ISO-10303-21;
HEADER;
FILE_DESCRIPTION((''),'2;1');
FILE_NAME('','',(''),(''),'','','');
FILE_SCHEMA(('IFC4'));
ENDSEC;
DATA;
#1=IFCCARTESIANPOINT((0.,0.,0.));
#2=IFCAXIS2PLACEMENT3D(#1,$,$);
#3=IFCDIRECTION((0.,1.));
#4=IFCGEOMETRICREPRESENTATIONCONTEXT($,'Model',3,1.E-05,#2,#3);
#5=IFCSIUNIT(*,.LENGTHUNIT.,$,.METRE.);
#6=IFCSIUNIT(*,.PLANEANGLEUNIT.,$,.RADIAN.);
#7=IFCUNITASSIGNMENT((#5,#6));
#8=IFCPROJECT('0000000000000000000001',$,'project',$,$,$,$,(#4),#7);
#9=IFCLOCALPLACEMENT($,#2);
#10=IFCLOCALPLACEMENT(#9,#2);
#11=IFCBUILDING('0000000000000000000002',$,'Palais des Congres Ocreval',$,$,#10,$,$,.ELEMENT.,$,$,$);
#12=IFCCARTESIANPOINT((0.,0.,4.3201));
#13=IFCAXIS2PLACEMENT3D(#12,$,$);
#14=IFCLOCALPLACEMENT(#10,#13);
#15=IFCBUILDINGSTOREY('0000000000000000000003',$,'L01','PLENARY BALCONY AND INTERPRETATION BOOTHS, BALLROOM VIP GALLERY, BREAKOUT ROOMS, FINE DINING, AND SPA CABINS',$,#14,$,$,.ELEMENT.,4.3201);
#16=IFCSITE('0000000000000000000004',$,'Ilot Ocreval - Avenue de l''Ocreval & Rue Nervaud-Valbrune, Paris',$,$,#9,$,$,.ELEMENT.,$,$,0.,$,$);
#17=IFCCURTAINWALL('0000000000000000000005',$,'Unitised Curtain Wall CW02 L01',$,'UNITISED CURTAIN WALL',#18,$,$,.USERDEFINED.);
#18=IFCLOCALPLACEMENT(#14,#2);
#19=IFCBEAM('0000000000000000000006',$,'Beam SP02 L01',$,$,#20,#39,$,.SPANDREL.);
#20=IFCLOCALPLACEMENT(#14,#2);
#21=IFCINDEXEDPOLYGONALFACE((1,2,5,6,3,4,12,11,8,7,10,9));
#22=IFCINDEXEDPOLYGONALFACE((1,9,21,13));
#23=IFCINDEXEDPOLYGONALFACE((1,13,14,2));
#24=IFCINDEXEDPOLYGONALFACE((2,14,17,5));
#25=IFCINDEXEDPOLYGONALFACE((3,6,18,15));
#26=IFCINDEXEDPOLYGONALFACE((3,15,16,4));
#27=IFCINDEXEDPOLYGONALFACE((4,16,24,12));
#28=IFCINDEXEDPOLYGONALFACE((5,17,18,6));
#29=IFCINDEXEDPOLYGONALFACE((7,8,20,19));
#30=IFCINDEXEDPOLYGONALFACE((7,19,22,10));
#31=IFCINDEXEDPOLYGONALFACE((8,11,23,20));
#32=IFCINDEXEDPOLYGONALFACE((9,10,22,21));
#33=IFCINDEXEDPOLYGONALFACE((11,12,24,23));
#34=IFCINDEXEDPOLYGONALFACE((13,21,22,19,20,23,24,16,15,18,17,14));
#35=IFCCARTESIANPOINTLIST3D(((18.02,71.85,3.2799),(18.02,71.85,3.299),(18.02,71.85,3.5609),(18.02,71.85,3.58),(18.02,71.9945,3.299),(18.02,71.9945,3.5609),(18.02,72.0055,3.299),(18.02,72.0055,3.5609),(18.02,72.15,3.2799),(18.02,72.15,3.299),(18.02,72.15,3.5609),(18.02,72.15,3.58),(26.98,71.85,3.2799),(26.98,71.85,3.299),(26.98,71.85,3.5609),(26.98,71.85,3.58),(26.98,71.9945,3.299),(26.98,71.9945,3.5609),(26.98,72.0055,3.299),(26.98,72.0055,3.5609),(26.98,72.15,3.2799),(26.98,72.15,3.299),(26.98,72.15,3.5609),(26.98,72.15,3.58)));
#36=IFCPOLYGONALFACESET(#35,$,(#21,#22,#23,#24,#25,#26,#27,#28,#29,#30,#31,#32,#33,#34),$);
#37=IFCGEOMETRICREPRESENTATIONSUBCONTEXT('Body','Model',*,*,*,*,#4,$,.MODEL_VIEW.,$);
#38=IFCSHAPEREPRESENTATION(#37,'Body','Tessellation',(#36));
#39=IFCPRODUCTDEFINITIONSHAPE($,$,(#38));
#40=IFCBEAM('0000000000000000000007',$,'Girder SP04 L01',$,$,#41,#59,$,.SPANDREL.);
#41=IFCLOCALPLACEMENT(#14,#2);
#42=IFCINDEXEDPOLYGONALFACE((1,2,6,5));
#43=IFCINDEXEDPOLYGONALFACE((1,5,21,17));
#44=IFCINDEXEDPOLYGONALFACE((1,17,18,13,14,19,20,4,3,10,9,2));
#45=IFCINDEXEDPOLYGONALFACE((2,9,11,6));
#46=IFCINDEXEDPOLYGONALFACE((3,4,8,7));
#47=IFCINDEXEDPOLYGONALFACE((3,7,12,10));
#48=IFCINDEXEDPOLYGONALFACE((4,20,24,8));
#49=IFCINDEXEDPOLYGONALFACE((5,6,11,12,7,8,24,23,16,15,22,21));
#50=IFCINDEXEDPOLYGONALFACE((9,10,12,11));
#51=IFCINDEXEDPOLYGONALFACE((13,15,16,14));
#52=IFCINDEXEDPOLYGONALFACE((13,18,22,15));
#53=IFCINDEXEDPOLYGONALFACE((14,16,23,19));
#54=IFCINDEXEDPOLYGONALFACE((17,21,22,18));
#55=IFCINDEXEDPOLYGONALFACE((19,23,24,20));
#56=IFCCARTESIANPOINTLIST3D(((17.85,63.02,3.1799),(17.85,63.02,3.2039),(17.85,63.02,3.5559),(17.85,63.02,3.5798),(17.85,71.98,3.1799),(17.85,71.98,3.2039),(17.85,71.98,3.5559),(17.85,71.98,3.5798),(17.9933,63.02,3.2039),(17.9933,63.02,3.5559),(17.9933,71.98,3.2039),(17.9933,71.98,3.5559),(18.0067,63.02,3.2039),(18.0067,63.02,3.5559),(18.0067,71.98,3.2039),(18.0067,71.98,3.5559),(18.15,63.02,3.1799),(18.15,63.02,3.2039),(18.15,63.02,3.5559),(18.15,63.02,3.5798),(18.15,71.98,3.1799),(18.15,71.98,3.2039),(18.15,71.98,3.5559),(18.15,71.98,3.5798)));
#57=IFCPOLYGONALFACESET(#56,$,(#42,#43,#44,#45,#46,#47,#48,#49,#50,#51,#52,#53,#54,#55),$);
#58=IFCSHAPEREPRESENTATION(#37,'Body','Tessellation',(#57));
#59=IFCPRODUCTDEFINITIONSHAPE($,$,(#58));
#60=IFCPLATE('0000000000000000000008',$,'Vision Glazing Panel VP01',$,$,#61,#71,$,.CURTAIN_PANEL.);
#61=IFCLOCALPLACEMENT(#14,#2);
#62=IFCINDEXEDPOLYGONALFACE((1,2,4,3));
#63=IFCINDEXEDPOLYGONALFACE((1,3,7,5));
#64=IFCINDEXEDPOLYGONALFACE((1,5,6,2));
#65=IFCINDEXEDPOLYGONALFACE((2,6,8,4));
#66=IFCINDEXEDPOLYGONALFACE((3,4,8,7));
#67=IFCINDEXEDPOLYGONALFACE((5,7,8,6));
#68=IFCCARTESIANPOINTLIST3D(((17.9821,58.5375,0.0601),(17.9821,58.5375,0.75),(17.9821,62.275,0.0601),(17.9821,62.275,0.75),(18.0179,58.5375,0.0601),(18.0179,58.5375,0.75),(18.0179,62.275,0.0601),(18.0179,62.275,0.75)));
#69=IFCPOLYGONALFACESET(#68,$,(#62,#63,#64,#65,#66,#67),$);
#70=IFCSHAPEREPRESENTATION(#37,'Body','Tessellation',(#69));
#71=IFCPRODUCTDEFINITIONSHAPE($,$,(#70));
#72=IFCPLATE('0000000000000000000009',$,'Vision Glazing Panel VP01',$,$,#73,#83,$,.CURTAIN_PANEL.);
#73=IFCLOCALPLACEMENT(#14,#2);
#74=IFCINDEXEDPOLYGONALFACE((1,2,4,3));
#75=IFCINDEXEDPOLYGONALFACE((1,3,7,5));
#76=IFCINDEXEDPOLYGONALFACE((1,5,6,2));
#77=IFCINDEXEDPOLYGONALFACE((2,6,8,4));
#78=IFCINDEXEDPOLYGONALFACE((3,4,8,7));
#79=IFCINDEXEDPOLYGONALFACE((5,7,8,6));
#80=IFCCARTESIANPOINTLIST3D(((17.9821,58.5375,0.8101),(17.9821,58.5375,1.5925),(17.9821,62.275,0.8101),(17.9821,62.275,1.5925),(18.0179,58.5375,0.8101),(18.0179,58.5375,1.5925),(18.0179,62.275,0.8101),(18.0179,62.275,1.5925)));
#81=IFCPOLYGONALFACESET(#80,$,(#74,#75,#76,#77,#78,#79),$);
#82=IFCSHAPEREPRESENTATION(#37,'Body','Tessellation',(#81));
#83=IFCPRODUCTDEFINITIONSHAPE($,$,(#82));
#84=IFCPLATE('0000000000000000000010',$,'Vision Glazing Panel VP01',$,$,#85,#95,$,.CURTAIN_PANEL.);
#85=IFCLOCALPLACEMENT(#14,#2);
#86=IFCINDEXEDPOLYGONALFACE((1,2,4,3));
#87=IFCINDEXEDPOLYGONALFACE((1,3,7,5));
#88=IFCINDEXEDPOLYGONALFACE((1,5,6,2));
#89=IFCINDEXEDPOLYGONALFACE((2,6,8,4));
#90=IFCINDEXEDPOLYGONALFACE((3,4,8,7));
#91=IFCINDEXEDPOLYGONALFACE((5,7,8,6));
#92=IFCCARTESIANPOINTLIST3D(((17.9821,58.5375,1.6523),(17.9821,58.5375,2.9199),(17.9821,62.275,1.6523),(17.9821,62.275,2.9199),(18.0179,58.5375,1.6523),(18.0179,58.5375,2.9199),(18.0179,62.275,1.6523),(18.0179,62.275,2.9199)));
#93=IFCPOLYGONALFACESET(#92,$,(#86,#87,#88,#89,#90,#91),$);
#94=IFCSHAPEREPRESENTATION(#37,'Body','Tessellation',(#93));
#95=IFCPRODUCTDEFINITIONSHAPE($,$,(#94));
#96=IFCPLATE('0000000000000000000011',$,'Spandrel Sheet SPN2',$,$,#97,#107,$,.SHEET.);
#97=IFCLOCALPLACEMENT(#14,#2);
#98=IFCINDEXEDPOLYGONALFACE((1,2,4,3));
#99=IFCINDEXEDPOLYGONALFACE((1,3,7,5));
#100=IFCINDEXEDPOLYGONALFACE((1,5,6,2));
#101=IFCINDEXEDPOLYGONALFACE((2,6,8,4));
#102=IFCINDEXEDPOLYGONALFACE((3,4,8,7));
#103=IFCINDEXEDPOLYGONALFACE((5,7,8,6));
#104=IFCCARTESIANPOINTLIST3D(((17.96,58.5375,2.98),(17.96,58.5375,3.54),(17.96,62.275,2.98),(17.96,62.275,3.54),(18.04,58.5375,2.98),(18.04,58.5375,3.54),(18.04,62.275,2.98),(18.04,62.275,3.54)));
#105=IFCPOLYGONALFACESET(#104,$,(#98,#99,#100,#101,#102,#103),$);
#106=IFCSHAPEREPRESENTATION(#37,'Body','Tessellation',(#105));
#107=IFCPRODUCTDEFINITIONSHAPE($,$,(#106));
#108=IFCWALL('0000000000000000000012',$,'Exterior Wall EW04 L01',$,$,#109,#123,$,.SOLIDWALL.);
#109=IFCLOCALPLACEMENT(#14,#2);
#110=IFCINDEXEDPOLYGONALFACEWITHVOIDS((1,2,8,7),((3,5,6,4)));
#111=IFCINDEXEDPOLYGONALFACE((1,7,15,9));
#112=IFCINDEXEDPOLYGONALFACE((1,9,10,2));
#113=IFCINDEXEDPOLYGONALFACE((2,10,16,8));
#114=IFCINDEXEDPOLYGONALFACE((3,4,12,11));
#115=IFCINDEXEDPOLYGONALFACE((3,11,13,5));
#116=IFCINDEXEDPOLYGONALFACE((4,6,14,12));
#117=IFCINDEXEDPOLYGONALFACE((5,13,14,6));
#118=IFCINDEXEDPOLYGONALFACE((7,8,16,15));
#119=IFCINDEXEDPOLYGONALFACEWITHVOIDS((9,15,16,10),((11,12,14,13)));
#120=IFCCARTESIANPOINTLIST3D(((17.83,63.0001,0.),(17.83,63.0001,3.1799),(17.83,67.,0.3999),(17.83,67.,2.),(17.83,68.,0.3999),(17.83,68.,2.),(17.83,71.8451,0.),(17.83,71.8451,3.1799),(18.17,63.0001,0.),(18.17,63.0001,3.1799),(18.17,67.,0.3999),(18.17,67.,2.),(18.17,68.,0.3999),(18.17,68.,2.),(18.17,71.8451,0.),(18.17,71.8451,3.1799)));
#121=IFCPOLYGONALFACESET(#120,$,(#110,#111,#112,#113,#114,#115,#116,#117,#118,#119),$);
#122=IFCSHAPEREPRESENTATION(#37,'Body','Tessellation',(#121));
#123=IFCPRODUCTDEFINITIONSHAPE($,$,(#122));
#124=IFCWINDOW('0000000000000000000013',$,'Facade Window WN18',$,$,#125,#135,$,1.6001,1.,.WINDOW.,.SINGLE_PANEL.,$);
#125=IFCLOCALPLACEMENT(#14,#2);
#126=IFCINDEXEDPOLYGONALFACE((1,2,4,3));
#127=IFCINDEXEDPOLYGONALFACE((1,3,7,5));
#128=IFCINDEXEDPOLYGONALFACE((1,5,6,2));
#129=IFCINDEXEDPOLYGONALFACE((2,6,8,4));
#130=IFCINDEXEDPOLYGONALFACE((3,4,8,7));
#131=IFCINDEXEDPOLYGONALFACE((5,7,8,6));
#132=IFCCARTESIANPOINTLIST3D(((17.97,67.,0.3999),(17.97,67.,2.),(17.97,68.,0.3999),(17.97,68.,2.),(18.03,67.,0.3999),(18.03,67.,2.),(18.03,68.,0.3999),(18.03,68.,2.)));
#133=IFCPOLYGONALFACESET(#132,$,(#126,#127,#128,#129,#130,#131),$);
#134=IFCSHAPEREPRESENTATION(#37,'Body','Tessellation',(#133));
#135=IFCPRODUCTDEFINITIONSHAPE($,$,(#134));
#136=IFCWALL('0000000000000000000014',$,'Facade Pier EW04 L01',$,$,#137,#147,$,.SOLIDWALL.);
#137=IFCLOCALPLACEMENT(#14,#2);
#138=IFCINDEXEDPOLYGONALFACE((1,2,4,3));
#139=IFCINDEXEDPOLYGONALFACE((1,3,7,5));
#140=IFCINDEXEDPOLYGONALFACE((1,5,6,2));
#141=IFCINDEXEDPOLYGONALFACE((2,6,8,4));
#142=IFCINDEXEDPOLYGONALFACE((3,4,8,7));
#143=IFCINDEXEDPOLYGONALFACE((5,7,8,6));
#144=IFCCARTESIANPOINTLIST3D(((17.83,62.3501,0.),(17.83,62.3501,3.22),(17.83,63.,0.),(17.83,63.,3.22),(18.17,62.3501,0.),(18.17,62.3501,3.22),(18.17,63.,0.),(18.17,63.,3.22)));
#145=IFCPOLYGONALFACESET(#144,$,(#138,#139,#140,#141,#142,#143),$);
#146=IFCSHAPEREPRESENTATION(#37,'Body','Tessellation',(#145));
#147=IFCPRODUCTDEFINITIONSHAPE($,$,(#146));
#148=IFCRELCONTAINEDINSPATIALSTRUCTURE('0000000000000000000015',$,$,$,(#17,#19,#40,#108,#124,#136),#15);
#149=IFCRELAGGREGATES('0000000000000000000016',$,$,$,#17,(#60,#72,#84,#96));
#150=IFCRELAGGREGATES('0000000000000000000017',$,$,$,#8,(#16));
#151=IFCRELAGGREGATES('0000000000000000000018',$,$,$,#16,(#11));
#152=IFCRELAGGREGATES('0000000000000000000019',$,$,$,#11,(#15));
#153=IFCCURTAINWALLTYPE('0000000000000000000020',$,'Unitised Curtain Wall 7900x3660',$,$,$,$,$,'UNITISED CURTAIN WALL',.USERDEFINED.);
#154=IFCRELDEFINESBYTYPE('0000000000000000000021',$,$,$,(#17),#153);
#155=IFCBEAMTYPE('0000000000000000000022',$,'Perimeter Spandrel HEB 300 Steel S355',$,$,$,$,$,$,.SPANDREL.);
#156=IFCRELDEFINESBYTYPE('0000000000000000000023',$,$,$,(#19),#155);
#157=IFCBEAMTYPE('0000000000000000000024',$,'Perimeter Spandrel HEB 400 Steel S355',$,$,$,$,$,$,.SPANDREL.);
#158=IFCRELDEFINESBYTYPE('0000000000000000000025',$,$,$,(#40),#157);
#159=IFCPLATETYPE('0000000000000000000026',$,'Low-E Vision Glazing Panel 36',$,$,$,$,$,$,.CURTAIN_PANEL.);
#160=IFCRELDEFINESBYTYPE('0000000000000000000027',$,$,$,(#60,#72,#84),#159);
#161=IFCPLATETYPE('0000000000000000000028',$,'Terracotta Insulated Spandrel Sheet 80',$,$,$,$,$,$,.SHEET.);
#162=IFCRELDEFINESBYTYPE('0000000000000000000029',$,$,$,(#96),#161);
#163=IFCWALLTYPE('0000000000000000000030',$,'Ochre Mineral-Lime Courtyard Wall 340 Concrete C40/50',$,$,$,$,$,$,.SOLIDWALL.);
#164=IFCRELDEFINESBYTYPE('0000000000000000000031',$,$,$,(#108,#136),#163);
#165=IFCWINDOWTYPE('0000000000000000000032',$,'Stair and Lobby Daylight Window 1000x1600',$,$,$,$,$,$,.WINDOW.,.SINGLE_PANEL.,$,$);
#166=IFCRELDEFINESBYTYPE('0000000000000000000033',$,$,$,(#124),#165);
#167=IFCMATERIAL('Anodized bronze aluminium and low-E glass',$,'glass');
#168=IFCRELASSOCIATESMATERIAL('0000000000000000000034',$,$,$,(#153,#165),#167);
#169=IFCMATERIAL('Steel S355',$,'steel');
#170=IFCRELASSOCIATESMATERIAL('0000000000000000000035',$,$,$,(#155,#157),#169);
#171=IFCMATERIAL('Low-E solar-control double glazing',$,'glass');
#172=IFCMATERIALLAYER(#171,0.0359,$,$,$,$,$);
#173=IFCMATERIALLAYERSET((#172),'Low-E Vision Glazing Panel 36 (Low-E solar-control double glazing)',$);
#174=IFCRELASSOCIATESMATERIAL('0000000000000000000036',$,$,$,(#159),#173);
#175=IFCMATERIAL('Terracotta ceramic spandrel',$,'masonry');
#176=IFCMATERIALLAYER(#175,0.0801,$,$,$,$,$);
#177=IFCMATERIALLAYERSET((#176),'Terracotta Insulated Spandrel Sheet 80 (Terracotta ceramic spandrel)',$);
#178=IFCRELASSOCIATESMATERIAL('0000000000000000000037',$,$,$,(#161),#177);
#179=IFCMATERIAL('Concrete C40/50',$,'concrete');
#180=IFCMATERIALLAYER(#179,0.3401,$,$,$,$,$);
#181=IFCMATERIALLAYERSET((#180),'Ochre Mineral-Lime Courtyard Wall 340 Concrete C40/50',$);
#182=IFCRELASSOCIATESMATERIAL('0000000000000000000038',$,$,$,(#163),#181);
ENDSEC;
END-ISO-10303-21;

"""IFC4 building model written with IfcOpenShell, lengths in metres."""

from ifc_helpers import new_model, si_unit, direction, frame, frame_2d, origin, origin_2d, place, context, subcontext, project, spatial, rectangle, i_section, extrude, material, layer, layer_set, material_profile, profile_set, type_object, element, fill, aggregate, save


model = new_model("IFC4")

# Units and contexts
model_context = context("Model", 3, precision=1e-05, world=origin(), true_north=direction((0.0, 1.0)))
body_context = subcontext(model_context, "Body", "Model", "MODEL_VIEW")
ifc_project = project(units=[si_unit("LENGTHUNIT", "METRE"), si_unit("PLANEANGLEUNIT", "RADIAN")], contexts=[model_context])

# Site, building, storey
site_placement = place(None, origin())
site = spatial("IfcSite", under=ifc_project, at=site_placement, Name="Ilot Ocreval - Avenue de l'Ocreval & Rue Nervaud-Valbrune, Paris", CompositionType="ELEMENT", RefElevation=0.0)
building_placement = place(site_placement, origin())
building = spatial("IfcBuilding", under=site, at=building_placement, Name="Palais des Congres Ocreval", CompositionType="ELEMENT")
storey_placement = place(building_placement, frame((0.0, 0.0, 4.3201)))
storey = spatial("IfcBuildingStorey", under=building, at=storey_placement, Name="L01", Description="PLENARY BALCONY AND INTERPRETATION BOOTHS, BALLROOM VIP GALLERY, BREAKOUT ROOMS, FINE DINING, AND SPA CABINS", CompositionType="ELEMENT", Elevation=4.3201)

# Shared definitions
ifc_material_1 = material(Name="Concrete C40/50", Category="concrete")

# Curtain wall
ifc_material_2 = material(Name="Anodized bronze aluminium and low-E glass", Category="glass")
curtain_wall_type = type_object("IfcCurtainWallType", Name="Unitised Curtain Wall 7900x3660", ElementType="UNITISED CURTAIN WALL", PredefinedType="USERDEFINED", material=ifc_material_2)
curtain_wall_placement = place(storey_placement, origin())
curtain_wall = element("IfcCurtainWall", 1, at=curtain_wall_placement, inside=storey, type_object=curtain_wall_type, Name="Unitised Curtain Wall CW02 L01", ObjectType="UNITISED CURTAIN WALL", PredefinedType="USERDEFINED")

# Beams
ifc_material_3 = material(Name="Steel S355", Category="steel")
ifc_material_profile_1 = material_profile(ifc_material_3, i_section(OverallWidth=0.3, OverallDepth=0.3, WebThickness=0.011, FlangeThickness=0.019, at=origin_2d()), Name="HEB 300")
ifc_profile_set_1 = profile_set([ifc_material_profile_1], Name="Steel S355")
beam_type_1 = type_object("IfcBeamType", Name="Perimeter Spandrel HEB 300 Steel S355", PredefinedType="SPANDREL", material=ifc_profile_set_1)
beam_1_placement = place(storey_placement, frame((18.02, 72.0, 3.4299), z_axis=(1.0, 0.0, 0.0), x_axis=(0.0, 1.0, 0.0)))
element("IfcBeam", 2, at=beam_1_placement, inside=storey, type_object=beam_type_1, Name="Beam SP02 L01", PredefinedType="SPANDREL", context=body_context, shape_type="SweptSolid", body=[
    extrude(i_section(OverallWidth=0.3, OverallDepth=0.3, WebThickness=0.011, FlangeThickness=0.019, at=origin_2d()), origin(), (0.0, 0.0, 1.0), 8.96),
])
ifc_material_profile_2 = material_profile(ifc_material_3, i_section(OverallWidth=0.3, OverallDepth=0.3999, WebThickness=0.0134, FlangeThickness=0.0239, at=origin_2d()), Name="HEB 400")
ifc_profile_set_2 = profile_set([ifc_material_profile_2], Name="Steel S355")
beam_type_2 = type_object("IfcBeamType", Name="Perimeter Spandrel HEB 400 Steel S355", PredefinedType="SPANDREL", material=ifc_profile_set_2)
beam_2_placement = place(storey_placement, frame((18.0, 63.02, 3.3799), z_axis=(0.0, 1.0, 0.0), x_axis=(-1.0, 0.0, 0.0)))
element("IfcBeam", 3, at=beam_2_placement, inside=storey, type_object=beam_type_2, Name="Girder SP04 L01", PredefinedType="SPANDREL", context=body_context, shape_type="SweptSolid", body=[
    extrude(i_section(OverallWidth=0.3, OverallDepth=0.3999, WebThickness=0.0134, FlangeThickness=0.0239, at=origin_2d()), origin(), (0.0, 0.0, 1.0), 8.96),
])

# Plates
ifc_material_4 = material(Name="Low-E solar-control double glazing", Category="glass")
ifc_layer_1 = layer(ifc_material_4, 0.0359)
ifc_layer_set_1 = layer_set([ifc_layer_1], Name="Low-E Vision Glazing Panel 36 (Low-E solar-control double glazing)")
plate_type_1 = type_object("IfcPlateType", Name="Low-E Vision Glazing Panel 36", PredefinedType="CURTAIN_PANEL", material=ifc_layer_set_1)
plate_1_placement = place(storey_placement, frame((18.0, 60.4062, 0.0601), z_axis=(0.0, 0.0, 1.0), x_axis=(0.0, -1.0, 0.0)))
plate_1 = element("IfcPlate", 4, at=plate_1_placement, type_object=plate_type_1, Name="Vision Glazing Panel VP01", PredefinedType="CURTAIN_PANEL", context=body_context, shape_type="SweptSolid", body=[
    extrude(rectangle(XDim=3.7375, YDim=0.0359, at=origin_2d()), origin(), (0.0, 0.0, 1.0), 0.6899),
])
plate_2_placement = place(storey_placement, frame((18.0, 60.4062, 0.8101), z_axis=(0.0, 0.0, 1.0), x_axis=(0.0, -1.0, 0.0)))
plate_2 = element("IfcPlate", 5, at=plate_2_placement, type_object=plate_type_1, Name="Vision Glazing Panel VP01", PredefinedType="CURTAIN_PANEL", context=body_context, shape_type="SweptSolid", body=[
    extrude(rectangle(XDim=3.7375, YDim=0.0359, at=origin_2d()), origin(), (0.0, 0.0, 1.0), 0.7825),
])
plate_3_placement = place(storey_placement, frame((18.0, 60.4062, 1.6523), z_axis=(0.0, 0.0, 1.0), x_axis=(0.0, -1.0, 0.0)))
plate_3 = element("IfcPlate", 6, at=plate_3_placement, type_object=plate_type_1, Name="Vision Glazing Panel VP01", PredefinedType="CURTAIN_PANEL", context=body_context, shape_type="SweptSolid", body=[
    extrude(rectangle(XDim=3.7375, YDim=0.0359, at=origin_2d()), origin(), (0.0, 0.0, 1.0), 1.2676),
])
ifc_material_5 = material(Name="Terracotta ceramic spandrel", Category="masonry")
ifc_layer_2 = layer(ifc_material_5, 0.0801)
ifc_layer_set_2 = layer_set([ifc_layer_2], Name="Terracotta Insulated Spandrel Sheet 80 (Terracotta ceramic spandrel)")
plate_type_2 = type_object("IfcPlateType", Name="Terracotta Insulated Spandrel Sheet 80", PredefinedType="SHEET", material=ifc_layer_set_2)
plate_4_placement = place(storey_placement, frame((18.0, 60.4062, 2.98), z_axis=(0.0, 0.0, 1.0), x_axis=(0.0, -1.0, 0.0)))
plate_4 = element("IfcPlate", 7, at=plate_4_placement, type_object=plate_type_2, Name="Spandrel Sheet SPN2", PredefinedType="SHEET", context=body_context, shape_type="SweptSolid", body=[
    extrude(rectangle(XDim=3.7375, YDim=0.0801, at=origin_2d()), origin(), (0.0, 0.0, 1.0), 0.5601),
])
aggregate(curtain_wall, [plate_1, plate_2, plate_3, plate_4])

# Wall, opening, window
ifc_layer_3 = layer(ifc_material_1, 0.3401)
ifc_layer_set_3 = layer_set([ifc_layer_3], Name="Ochre Mineral-Lime Courtyard Wall 340 Concrete C40/50")
wall_type = type_object("IfcWallType", Name="Ochre Mineral-Lime Courtyard Wall 340 Concrete C40/50", PredefinedType="SOLIDWALL", material=ifc_layer_set_3)
wall_1_placement = place(storey_placement, frame((18.0, 71.845, 0.0), z_axis=(0.0, 0.0, 1.0), x_axis=(0.0, -1.0, 0.0)))
wall_1 = element("IfcWall", 8, at=wall_1_placement, inside=storey, type_object=wall_type, Name="Exterior Wall EW04 L01", PredefinedType="SOLIDWALL", context=body_context, shape_type="SweptSolid", body=[
    extrude(rectangle(XDim=8.845, YDim=0.3401, at=frame_2d((4.4224, 0.0))), origin(), (0.0, 0.0, 1.0), 3.1799),
])
opening_placement = place(wall_1_placement, frame((3.845, 0.0, 0.3999)))
opening = element("IfcOpeningElement", 9, at=opening_placement, cuts=wall_1, PredefinedType="OPENING", context=body_context, shape_type="SweptSolid", body=[
    extrude(rectangle(XDim=1.0, YDim=1.6001, at=frame_2d((0.5, 0.8))), frame((0.0, 0.1799, 0.0), z_axis=(0.0, -1.0, 0.0), x_axis=(1.0, 0.0, 0.0)), (0.0, 0.0, 1.0), 0.3601),
])
window_type = type_object("IfcWindowType", Name="Stair and Lobby Daylight Window 1000x1600", PartitioningType="SINGLE_PANEL", PredefinedType="WINDOW", material=ifc_material_2)
window_placement = place(opening_placement, origin())
window = element("IfcWindow", 10, at=window_placement, inside=storey, type_object=window_type, Name="Facade Window WN18", OverallHeight=1.6001, OverallWidth=1.0, PartitioningType="SINGLE_PANEL", PredefinedType="WINDOW", context=body_context, shape_type="SweptSolid", body=[
    extrude(rectangle(XDim=1.0, YDim=1.6001, at=frame_2d((0.5, 0.8))), frame((0.0, 0.03, 0.0), z_axis=(0.0, -1.0, 0.0), x_axis=(1.0, 0.0, 0.0)), (0.0, 0.0, 1.0), 0.0601),
])
fill(opening, window)

# Wall
wall_2_placement = place(storey_placement, frame((18.0, 63.0, 0.0), z_axis=(0.0, 0.0, 1.0), x_axis=(0.0, -1.0, 0.0)))
element("IfcWall", 11, at=wall_2_placement, inside=storey, type_object=wall_type, Name="Facade Pier EW04 L01", PredefinedType="SOLIDWALL", context=body_context, shape_type="SweptSolid", body=[
    extrude(rectangle(XDim=0.6499, YDim=0.3401, at=frame_2d((0.325, 0.0))), origin(), (0.0, 0.0, 1.0), 3.22),
])

save(model, "model.ifc")
